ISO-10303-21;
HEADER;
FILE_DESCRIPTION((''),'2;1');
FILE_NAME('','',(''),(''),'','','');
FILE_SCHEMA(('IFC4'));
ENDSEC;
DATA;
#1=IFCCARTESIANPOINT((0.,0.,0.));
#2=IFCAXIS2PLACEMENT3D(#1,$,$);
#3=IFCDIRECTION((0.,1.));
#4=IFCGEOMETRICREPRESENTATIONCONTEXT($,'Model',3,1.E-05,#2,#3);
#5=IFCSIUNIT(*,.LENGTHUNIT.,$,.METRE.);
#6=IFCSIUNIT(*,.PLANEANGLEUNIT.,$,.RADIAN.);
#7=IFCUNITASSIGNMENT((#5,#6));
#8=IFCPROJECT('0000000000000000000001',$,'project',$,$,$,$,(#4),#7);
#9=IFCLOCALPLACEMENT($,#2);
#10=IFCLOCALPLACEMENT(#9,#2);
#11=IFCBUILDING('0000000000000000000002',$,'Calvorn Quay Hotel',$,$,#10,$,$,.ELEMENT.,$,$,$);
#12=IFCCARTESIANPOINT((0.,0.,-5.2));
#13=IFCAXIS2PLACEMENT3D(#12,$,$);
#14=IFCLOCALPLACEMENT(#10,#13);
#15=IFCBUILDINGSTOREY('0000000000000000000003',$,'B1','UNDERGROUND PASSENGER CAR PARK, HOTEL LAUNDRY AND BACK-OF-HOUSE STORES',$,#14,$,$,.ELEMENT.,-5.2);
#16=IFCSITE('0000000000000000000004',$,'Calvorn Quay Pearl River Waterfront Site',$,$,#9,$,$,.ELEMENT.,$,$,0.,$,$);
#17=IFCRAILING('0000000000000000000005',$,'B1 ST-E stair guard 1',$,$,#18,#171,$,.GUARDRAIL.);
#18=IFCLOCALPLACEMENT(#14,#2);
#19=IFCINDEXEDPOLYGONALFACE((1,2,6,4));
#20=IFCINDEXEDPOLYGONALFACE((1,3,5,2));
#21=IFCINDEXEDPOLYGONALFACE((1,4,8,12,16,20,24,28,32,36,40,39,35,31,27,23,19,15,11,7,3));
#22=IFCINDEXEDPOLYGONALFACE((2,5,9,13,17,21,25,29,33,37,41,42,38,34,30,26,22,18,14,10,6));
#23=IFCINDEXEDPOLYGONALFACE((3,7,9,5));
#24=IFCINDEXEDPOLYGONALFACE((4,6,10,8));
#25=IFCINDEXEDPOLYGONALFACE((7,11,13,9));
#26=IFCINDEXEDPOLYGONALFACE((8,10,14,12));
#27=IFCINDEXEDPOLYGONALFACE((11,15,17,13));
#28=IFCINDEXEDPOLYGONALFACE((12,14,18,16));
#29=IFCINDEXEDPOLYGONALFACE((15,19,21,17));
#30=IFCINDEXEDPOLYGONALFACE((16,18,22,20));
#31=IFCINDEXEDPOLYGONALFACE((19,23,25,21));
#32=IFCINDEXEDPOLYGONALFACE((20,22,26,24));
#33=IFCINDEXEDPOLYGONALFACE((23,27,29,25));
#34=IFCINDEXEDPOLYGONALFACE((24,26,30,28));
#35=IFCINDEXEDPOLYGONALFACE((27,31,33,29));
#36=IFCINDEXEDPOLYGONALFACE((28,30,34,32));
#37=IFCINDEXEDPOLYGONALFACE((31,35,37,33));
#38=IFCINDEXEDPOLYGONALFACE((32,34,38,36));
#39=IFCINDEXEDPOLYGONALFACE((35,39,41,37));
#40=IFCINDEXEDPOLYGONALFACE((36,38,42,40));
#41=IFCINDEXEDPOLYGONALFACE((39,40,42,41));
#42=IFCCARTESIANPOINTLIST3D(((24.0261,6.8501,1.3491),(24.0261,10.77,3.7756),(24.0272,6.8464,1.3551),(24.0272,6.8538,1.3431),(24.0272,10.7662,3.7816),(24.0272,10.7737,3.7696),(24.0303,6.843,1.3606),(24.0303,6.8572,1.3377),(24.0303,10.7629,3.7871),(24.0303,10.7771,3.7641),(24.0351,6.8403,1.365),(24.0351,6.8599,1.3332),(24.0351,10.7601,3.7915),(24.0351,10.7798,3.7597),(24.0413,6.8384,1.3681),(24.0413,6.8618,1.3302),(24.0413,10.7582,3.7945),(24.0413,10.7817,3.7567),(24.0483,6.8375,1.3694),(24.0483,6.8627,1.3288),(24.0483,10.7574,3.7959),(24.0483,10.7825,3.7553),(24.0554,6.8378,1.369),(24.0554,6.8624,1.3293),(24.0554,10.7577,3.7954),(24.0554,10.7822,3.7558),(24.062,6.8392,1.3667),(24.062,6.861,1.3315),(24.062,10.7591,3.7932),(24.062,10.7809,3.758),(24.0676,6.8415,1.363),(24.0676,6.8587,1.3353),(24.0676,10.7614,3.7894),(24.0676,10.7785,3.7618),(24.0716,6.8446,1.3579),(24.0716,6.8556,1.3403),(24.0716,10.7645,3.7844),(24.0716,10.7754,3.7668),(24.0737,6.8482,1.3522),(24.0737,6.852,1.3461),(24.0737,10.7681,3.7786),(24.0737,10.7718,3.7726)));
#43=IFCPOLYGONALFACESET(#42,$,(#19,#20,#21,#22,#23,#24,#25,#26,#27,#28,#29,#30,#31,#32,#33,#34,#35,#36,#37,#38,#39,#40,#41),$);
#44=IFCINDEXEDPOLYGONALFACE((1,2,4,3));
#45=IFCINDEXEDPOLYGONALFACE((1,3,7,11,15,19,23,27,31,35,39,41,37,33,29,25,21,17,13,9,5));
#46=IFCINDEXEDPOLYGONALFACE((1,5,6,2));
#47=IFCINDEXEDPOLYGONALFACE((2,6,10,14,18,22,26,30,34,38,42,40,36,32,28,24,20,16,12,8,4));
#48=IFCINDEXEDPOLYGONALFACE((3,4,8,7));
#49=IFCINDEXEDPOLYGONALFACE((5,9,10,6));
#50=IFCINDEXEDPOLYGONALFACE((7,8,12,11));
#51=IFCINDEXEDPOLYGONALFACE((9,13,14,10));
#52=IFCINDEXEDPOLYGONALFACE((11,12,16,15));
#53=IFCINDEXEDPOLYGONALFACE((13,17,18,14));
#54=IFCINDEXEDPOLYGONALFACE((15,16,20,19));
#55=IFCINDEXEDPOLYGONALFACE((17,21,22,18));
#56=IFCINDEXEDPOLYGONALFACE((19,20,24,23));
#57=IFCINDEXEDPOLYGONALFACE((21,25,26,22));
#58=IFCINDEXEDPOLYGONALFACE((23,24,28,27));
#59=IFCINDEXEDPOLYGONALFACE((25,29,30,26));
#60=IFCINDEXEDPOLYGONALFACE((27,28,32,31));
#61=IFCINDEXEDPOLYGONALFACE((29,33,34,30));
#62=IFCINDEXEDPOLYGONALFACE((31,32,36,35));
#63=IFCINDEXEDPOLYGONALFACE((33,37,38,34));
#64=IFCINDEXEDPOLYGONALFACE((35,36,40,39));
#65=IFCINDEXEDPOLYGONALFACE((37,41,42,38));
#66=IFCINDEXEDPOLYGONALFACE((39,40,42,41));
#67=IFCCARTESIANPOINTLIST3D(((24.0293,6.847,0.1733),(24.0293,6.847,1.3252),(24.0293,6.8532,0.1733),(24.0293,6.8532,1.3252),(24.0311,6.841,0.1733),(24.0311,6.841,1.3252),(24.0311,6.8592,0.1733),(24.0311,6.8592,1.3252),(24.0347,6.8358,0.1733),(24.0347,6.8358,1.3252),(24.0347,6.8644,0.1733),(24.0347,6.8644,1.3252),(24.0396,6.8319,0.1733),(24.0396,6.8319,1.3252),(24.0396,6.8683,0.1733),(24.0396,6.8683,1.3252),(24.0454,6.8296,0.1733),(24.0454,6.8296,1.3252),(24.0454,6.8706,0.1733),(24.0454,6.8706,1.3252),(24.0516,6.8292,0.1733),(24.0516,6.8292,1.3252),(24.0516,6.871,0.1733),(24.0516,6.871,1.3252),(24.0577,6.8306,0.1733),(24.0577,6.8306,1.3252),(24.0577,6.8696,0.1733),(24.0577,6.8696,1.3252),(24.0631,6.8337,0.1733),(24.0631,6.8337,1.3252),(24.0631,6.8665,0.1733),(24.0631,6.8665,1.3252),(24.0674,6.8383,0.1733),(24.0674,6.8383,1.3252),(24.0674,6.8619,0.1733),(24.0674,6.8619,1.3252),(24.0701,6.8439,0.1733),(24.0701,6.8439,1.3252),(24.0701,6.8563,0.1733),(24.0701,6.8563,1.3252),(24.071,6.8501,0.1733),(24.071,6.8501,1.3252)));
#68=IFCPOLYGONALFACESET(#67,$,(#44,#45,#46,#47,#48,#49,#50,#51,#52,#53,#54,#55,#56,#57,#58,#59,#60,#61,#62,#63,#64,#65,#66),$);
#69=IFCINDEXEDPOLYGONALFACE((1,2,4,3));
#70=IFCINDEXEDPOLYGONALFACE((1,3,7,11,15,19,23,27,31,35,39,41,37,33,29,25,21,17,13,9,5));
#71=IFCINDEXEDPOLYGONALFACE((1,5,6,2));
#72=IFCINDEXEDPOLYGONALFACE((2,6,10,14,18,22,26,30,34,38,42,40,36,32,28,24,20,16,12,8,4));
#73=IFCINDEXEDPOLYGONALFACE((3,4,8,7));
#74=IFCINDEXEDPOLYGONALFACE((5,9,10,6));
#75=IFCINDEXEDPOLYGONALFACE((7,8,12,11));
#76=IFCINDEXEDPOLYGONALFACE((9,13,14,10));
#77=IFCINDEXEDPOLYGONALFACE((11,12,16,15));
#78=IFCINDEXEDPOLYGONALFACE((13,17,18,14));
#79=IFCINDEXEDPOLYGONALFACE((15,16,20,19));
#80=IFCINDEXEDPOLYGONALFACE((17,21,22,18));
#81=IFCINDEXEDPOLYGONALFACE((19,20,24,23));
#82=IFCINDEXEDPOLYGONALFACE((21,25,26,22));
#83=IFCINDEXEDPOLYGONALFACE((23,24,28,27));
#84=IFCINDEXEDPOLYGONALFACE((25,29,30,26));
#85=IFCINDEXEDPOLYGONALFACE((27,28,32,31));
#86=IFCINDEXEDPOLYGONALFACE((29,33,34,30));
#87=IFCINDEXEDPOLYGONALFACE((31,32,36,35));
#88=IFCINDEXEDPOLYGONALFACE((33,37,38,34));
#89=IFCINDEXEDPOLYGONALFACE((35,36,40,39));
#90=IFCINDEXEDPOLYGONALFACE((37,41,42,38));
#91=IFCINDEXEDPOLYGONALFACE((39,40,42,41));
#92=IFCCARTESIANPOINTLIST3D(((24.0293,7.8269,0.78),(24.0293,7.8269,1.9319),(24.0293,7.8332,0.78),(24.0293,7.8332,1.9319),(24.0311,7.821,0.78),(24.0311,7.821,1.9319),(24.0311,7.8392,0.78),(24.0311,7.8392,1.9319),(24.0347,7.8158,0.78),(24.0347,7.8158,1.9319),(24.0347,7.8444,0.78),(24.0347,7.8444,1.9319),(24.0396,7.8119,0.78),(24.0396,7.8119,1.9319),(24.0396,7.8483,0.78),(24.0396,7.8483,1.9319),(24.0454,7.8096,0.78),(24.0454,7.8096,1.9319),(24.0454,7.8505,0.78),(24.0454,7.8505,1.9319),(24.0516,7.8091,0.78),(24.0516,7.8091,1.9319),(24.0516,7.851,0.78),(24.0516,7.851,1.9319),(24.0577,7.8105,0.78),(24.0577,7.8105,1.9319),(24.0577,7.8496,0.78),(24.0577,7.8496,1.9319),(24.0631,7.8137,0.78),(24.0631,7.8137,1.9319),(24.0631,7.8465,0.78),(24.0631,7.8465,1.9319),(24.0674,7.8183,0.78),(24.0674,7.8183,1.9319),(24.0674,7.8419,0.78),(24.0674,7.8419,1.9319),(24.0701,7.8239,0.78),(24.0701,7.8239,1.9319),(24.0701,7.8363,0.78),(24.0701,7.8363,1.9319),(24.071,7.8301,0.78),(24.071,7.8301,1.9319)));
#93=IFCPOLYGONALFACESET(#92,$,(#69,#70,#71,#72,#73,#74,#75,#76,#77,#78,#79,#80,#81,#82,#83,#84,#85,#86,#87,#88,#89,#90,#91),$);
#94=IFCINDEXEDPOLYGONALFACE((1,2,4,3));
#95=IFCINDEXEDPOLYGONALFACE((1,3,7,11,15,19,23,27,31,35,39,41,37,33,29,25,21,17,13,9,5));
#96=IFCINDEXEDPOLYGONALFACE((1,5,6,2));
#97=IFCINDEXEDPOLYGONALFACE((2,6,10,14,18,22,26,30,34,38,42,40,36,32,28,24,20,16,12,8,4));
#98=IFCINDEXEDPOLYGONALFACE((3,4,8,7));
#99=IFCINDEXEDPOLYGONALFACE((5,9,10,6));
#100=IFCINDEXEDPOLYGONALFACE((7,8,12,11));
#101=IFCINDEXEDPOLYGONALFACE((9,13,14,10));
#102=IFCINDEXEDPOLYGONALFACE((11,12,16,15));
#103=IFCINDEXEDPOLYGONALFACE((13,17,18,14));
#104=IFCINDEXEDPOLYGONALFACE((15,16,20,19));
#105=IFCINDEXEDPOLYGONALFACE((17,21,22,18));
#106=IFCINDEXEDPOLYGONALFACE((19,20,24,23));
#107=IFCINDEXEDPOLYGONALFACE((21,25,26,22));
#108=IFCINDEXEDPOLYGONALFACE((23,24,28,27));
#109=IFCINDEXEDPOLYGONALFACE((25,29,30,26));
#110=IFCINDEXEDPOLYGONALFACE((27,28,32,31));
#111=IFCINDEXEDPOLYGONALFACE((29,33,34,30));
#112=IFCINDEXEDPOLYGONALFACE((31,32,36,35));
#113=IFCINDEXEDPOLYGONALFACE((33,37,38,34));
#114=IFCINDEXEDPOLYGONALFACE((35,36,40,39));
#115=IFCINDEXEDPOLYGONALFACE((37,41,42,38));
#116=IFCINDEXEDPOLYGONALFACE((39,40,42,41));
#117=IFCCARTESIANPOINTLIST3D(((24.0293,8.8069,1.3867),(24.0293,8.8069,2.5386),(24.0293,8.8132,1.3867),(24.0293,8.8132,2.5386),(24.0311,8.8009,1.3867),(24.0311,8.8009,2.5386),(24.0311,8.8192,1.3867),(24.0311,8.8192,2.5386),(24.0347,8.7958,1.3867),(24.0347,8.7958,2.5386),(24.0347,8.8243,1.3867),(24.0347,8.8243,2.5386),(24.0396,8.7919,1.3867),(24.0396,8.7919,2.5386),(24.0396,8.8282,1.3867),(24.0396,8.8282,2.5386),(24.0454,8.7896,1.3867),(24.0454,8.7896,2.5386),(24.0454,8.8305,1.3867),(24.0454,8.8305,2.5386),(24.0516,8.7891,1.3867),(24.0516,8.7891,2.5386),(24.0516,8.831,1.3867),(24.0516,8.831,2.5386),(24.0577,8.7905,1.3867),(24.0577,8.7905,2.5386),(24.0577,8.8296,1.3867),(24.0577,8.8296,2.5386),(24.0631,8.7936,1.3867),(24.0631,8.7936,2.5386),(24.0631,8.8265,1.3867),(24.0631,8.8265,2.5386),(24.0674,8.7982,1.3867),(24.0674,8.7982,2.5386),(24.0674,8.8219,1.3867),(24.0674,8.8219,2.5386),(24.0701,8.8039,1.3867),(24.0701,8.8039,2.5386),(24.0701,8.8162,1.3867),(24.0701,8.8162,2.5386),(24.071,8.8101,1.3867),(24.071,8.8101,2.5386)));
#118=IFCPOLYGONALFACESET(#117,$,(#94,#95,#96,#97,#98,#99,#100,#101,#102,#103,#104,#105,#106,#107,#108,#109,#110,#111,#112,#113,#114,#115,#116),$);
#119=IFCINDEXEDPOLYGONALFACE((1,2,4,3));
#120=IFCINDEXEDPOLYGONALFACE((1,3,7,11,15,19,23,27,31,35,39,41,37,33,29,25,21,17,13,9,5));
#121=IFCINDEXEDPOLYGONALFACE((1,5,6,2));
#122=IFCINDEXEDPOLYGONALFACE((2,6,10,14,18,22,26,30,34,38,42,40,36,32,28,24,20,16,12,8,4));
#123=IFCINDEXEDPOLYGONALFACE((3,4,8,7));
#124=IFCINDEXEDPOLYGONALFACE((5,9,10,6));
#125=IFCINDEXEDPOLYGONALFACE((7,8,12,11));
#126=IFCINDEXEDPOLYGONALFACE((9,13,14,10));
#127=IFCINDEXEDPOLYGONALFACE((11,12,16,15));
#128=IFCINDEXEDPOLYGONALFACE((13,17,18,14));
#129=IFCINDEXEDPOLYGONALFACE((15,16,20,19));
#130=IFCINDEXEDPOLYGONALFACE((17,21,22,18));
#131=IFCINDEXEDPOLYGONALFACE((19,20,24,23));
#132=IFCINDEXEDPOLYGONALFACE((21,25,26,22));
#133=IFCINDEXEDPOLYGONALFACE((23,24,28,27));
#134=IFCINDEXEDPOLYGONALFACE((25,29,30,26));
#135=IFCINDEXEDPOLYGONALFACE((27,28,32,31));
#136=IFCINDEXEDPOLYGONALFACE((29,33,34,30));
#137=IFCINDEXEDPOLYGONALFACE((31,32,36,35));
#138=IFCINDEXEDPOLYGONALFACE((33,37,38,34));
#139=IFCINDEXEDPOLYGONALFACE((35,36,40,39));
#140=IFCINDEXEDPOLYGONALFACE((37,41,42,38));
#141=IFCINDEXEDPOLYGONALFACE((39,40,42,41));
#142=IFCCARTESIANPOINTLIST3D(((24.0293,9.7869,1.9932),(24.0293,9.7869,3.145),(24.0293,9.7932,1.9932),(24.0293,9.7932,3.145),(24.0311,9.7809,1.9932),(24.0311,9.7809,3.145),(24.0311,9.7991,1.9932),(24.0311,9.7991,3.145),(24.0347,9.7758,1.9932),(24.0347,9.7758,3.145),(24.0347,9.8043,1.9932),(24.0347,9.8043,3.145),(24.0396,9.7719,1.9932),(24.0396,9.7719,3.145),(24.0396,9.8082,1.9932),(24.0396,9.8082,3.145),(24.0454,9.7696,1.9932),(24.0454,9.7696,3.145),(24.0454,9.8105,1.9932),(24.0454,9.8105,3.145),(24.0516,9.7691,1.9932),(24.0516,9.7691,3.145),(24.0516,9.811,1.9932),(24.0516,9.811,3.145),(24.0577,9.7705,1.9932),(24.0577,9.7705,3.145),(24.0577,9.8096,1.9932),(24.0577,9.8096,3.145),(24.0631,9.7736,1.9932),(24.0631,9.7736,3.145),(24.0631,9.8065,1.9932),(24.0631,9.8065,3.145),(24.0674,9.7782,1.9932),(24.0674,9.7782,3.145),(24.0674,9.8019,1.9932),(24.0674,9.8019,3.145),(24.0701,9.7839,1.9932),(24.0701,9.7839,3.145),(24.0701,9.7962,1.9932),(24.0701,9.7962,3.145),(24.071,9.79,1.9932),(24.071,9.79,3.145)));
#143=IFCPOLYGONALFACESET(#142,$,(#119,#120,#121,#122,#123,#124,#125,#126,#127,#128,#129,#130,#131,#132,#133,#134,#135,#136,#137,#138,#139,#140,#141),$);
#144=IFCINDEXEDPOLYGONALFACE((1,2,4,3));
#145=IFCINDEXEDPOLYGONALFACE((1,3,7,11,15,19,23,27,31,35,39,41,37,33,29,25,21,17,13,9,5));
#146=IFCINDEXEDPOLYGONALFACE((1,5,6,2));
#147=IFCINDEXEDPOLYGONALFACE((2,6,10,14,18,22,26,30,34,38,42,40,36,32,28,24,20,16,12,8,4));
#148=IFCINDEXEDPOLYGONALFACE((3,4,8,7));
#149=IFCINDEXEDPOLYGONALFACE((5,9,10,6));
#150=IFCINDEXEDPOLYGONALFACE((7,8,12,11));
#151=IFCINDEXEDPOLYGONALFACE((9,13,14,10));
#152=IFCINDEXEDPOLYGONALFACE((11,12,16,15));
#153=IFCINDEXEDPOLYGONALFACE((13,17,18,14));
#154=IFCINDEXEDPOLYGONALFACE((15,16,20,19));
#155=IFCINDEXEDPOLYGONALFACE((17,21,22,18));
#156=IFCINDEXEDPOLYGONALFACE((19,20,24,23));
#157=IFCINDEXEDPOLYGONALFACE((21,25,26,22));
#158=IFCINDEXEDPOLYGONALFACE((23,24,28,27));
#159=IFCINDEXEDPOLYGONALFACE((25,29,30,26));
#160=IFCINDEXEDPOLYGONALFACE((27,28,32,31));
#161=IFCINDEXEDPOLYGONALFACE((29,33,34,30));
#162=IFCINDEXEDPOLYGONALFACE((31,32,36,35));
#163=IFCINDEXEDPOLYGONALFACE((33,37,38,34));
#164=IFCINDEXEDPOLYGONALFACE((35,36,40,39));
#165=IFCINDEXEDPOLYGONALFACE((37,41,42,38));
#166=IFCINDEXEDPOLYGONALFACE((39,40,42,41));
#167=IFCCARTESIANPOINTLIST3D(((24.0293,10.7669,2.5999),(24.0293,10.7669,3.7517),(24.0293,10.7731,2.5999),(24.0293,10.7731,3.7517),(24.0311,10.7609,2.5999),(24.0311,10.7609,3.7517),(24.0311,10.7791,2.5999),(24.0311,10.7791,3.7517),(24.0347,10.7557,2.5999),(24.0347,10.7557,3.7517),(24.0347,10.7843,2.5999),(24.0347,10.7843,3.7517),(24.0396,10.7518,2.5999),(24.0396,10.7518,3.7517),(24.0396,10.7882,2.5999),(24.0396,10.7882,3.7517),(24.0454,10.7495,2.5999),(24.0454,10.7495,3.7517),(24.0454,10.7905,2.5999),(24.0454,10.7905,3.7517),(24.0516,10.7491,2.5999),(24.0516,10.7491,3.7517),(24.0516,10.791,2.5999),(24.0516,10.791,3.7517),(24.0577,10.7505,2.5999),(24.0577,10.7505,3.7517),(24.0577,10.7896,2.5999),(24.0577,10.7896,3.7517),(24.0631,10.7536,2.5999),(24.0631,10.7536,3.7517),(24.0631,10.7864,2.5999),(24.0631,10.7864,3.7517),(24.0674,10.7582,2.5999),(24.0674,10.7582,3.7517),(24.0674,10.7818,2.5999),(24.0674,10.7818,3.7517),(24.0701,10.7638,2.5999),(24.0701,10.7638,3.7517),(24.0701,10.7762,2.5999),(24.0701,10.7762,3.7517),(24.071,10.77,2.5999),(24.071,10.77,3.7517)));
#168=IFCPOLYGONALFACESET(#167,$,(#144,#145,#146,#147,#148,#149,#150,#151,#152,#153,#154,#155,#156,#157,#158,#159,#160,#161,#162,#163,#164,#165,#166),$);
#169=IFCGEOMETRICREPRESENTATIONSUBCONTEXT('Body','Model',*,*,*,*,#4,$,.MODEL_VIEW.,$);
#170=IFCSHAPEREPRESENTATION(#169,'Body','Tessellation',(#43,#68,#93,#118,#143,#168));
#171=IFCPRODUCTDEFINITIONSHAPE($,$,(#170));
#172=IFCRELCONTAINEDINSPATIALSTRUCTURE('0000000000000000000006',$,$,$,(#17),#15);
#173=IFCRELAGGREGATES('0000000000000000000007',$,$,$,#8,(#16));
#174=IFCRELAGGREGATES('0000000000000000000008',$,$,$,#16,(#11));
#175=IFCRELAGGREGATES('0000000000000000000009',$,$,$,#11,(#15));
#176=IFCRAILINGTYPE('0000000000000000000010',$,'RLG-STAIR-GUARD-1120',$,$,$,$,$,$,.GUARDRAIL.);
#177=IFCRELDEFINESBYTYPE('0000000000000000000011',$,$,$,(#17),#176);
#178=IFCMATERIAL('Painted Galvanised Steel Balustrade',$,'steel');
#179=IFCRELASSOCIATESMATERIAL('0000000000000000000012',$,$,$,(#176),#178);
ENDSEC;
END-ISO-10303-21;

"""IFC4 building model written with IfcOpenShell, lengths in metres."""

from ifc_helpers import new_model, si_unit, direction, frame, origin, origin_2d, place, context, subcontext, project, spatial, circle, extrude, material, type_object, element, save


model = new_model("IFC4")

# Units and contexts
model_context = context("Model", 3, precision=1e-05, world=origin(), true_north=direction((0.0, 1.0)))
body_context = subcontext(model_context, "Body", "Model", "MODEL_VIEW")
ifc_project = project(units=[si_unit("LENGTHUNIT", "METRE"), si_unit("PLANEANGLEUNIT", "RADIAN")], contexts=[model_context])

# Site, building, storey
site_placement = place(None, origin())
site = spatial("IfcSite", under=ifc_project, at=site_placement, Name="Calvorn Quay Pearl River Waterfront Site", CompositionType="ELEMENT", RefElevation=0.0)
building_placement = place(site_placement, origin())
building = spatial("IfcBuilding", under=site, at=building_placement, Name="Calvorn Quay Hotel", CompositionType="ELEMENT")
storey_placement = place(building_placement, frame((0.0, 0.0, -5.2)))
storey = spatial("IfcBuildingStorey", under=building, at=storey_placement, Name="B1", Description="UNDERGROUND PASSENGER CAR PARK, HOTEL LAUNDRY AND BACK-OF-HOUSE STORES", CompositionType="ELEMENT", Elevation=-5.2)

# Railing
ifc_material_1 = material(Name="Painted Galvanised Steel Balustrade", Category="steel")
railing_type_1 = type_object("IfcRailingType", Name="RLG-STAIR-GUARD-1120", PredefinedType="GUARDRAIL", material=ifc_material_1)
railing_1_placement = place(storey_placement, frame((24.05, 6.8501, 0.1733)))
element("IfcRailing", 1, at=railing_1_placement, inside=storey, type_object=railing_type_1, Name="B1 ST-E stair guard 1", PredefinedType="GUARDRAIL", context=body_context, shape_type="SweptSolid", body=[
    extrude(circle(Radius=0.0239, at=origin_2d()), frame((0.0, 0.0, 1.1758), z_axis=(0.0, 0.850275, 0.526338), x_axis=(-1.0, 0.0, 0.0)), (0.0, 0.0, 1.0), 4.6101),
    extrude(circle(Radius=0.021, at=origin_2d()), origin(), (0.0, 0.0, 1.0), 1.1519),
    extrude(circle(Radius=0.021, at=origin_2d()), frame((0.0, 0.98, 0.6067)), (0.0, 0.0, 1.0), 1.1519),
    extrude(circle(Radius=0.021, at=origin_2d()), frame((0.0, 1.96, 1.2134)), (0.0, 0.0, 1.0), 1.1519),
    extrude(circle(Radius=0.021, at=origin_2d()), frame((0.0, 2.9399, 1.8198)), (0.0, 0.0, 1.0), 1.1519),
    extrude(circle(Radius=0.021, at=origin_2d()), frame((0.0, 3.9199, 2.4265)), (0.0, 0.0, 1.0), 1.1519),
])

save(model, "model.ifc")
